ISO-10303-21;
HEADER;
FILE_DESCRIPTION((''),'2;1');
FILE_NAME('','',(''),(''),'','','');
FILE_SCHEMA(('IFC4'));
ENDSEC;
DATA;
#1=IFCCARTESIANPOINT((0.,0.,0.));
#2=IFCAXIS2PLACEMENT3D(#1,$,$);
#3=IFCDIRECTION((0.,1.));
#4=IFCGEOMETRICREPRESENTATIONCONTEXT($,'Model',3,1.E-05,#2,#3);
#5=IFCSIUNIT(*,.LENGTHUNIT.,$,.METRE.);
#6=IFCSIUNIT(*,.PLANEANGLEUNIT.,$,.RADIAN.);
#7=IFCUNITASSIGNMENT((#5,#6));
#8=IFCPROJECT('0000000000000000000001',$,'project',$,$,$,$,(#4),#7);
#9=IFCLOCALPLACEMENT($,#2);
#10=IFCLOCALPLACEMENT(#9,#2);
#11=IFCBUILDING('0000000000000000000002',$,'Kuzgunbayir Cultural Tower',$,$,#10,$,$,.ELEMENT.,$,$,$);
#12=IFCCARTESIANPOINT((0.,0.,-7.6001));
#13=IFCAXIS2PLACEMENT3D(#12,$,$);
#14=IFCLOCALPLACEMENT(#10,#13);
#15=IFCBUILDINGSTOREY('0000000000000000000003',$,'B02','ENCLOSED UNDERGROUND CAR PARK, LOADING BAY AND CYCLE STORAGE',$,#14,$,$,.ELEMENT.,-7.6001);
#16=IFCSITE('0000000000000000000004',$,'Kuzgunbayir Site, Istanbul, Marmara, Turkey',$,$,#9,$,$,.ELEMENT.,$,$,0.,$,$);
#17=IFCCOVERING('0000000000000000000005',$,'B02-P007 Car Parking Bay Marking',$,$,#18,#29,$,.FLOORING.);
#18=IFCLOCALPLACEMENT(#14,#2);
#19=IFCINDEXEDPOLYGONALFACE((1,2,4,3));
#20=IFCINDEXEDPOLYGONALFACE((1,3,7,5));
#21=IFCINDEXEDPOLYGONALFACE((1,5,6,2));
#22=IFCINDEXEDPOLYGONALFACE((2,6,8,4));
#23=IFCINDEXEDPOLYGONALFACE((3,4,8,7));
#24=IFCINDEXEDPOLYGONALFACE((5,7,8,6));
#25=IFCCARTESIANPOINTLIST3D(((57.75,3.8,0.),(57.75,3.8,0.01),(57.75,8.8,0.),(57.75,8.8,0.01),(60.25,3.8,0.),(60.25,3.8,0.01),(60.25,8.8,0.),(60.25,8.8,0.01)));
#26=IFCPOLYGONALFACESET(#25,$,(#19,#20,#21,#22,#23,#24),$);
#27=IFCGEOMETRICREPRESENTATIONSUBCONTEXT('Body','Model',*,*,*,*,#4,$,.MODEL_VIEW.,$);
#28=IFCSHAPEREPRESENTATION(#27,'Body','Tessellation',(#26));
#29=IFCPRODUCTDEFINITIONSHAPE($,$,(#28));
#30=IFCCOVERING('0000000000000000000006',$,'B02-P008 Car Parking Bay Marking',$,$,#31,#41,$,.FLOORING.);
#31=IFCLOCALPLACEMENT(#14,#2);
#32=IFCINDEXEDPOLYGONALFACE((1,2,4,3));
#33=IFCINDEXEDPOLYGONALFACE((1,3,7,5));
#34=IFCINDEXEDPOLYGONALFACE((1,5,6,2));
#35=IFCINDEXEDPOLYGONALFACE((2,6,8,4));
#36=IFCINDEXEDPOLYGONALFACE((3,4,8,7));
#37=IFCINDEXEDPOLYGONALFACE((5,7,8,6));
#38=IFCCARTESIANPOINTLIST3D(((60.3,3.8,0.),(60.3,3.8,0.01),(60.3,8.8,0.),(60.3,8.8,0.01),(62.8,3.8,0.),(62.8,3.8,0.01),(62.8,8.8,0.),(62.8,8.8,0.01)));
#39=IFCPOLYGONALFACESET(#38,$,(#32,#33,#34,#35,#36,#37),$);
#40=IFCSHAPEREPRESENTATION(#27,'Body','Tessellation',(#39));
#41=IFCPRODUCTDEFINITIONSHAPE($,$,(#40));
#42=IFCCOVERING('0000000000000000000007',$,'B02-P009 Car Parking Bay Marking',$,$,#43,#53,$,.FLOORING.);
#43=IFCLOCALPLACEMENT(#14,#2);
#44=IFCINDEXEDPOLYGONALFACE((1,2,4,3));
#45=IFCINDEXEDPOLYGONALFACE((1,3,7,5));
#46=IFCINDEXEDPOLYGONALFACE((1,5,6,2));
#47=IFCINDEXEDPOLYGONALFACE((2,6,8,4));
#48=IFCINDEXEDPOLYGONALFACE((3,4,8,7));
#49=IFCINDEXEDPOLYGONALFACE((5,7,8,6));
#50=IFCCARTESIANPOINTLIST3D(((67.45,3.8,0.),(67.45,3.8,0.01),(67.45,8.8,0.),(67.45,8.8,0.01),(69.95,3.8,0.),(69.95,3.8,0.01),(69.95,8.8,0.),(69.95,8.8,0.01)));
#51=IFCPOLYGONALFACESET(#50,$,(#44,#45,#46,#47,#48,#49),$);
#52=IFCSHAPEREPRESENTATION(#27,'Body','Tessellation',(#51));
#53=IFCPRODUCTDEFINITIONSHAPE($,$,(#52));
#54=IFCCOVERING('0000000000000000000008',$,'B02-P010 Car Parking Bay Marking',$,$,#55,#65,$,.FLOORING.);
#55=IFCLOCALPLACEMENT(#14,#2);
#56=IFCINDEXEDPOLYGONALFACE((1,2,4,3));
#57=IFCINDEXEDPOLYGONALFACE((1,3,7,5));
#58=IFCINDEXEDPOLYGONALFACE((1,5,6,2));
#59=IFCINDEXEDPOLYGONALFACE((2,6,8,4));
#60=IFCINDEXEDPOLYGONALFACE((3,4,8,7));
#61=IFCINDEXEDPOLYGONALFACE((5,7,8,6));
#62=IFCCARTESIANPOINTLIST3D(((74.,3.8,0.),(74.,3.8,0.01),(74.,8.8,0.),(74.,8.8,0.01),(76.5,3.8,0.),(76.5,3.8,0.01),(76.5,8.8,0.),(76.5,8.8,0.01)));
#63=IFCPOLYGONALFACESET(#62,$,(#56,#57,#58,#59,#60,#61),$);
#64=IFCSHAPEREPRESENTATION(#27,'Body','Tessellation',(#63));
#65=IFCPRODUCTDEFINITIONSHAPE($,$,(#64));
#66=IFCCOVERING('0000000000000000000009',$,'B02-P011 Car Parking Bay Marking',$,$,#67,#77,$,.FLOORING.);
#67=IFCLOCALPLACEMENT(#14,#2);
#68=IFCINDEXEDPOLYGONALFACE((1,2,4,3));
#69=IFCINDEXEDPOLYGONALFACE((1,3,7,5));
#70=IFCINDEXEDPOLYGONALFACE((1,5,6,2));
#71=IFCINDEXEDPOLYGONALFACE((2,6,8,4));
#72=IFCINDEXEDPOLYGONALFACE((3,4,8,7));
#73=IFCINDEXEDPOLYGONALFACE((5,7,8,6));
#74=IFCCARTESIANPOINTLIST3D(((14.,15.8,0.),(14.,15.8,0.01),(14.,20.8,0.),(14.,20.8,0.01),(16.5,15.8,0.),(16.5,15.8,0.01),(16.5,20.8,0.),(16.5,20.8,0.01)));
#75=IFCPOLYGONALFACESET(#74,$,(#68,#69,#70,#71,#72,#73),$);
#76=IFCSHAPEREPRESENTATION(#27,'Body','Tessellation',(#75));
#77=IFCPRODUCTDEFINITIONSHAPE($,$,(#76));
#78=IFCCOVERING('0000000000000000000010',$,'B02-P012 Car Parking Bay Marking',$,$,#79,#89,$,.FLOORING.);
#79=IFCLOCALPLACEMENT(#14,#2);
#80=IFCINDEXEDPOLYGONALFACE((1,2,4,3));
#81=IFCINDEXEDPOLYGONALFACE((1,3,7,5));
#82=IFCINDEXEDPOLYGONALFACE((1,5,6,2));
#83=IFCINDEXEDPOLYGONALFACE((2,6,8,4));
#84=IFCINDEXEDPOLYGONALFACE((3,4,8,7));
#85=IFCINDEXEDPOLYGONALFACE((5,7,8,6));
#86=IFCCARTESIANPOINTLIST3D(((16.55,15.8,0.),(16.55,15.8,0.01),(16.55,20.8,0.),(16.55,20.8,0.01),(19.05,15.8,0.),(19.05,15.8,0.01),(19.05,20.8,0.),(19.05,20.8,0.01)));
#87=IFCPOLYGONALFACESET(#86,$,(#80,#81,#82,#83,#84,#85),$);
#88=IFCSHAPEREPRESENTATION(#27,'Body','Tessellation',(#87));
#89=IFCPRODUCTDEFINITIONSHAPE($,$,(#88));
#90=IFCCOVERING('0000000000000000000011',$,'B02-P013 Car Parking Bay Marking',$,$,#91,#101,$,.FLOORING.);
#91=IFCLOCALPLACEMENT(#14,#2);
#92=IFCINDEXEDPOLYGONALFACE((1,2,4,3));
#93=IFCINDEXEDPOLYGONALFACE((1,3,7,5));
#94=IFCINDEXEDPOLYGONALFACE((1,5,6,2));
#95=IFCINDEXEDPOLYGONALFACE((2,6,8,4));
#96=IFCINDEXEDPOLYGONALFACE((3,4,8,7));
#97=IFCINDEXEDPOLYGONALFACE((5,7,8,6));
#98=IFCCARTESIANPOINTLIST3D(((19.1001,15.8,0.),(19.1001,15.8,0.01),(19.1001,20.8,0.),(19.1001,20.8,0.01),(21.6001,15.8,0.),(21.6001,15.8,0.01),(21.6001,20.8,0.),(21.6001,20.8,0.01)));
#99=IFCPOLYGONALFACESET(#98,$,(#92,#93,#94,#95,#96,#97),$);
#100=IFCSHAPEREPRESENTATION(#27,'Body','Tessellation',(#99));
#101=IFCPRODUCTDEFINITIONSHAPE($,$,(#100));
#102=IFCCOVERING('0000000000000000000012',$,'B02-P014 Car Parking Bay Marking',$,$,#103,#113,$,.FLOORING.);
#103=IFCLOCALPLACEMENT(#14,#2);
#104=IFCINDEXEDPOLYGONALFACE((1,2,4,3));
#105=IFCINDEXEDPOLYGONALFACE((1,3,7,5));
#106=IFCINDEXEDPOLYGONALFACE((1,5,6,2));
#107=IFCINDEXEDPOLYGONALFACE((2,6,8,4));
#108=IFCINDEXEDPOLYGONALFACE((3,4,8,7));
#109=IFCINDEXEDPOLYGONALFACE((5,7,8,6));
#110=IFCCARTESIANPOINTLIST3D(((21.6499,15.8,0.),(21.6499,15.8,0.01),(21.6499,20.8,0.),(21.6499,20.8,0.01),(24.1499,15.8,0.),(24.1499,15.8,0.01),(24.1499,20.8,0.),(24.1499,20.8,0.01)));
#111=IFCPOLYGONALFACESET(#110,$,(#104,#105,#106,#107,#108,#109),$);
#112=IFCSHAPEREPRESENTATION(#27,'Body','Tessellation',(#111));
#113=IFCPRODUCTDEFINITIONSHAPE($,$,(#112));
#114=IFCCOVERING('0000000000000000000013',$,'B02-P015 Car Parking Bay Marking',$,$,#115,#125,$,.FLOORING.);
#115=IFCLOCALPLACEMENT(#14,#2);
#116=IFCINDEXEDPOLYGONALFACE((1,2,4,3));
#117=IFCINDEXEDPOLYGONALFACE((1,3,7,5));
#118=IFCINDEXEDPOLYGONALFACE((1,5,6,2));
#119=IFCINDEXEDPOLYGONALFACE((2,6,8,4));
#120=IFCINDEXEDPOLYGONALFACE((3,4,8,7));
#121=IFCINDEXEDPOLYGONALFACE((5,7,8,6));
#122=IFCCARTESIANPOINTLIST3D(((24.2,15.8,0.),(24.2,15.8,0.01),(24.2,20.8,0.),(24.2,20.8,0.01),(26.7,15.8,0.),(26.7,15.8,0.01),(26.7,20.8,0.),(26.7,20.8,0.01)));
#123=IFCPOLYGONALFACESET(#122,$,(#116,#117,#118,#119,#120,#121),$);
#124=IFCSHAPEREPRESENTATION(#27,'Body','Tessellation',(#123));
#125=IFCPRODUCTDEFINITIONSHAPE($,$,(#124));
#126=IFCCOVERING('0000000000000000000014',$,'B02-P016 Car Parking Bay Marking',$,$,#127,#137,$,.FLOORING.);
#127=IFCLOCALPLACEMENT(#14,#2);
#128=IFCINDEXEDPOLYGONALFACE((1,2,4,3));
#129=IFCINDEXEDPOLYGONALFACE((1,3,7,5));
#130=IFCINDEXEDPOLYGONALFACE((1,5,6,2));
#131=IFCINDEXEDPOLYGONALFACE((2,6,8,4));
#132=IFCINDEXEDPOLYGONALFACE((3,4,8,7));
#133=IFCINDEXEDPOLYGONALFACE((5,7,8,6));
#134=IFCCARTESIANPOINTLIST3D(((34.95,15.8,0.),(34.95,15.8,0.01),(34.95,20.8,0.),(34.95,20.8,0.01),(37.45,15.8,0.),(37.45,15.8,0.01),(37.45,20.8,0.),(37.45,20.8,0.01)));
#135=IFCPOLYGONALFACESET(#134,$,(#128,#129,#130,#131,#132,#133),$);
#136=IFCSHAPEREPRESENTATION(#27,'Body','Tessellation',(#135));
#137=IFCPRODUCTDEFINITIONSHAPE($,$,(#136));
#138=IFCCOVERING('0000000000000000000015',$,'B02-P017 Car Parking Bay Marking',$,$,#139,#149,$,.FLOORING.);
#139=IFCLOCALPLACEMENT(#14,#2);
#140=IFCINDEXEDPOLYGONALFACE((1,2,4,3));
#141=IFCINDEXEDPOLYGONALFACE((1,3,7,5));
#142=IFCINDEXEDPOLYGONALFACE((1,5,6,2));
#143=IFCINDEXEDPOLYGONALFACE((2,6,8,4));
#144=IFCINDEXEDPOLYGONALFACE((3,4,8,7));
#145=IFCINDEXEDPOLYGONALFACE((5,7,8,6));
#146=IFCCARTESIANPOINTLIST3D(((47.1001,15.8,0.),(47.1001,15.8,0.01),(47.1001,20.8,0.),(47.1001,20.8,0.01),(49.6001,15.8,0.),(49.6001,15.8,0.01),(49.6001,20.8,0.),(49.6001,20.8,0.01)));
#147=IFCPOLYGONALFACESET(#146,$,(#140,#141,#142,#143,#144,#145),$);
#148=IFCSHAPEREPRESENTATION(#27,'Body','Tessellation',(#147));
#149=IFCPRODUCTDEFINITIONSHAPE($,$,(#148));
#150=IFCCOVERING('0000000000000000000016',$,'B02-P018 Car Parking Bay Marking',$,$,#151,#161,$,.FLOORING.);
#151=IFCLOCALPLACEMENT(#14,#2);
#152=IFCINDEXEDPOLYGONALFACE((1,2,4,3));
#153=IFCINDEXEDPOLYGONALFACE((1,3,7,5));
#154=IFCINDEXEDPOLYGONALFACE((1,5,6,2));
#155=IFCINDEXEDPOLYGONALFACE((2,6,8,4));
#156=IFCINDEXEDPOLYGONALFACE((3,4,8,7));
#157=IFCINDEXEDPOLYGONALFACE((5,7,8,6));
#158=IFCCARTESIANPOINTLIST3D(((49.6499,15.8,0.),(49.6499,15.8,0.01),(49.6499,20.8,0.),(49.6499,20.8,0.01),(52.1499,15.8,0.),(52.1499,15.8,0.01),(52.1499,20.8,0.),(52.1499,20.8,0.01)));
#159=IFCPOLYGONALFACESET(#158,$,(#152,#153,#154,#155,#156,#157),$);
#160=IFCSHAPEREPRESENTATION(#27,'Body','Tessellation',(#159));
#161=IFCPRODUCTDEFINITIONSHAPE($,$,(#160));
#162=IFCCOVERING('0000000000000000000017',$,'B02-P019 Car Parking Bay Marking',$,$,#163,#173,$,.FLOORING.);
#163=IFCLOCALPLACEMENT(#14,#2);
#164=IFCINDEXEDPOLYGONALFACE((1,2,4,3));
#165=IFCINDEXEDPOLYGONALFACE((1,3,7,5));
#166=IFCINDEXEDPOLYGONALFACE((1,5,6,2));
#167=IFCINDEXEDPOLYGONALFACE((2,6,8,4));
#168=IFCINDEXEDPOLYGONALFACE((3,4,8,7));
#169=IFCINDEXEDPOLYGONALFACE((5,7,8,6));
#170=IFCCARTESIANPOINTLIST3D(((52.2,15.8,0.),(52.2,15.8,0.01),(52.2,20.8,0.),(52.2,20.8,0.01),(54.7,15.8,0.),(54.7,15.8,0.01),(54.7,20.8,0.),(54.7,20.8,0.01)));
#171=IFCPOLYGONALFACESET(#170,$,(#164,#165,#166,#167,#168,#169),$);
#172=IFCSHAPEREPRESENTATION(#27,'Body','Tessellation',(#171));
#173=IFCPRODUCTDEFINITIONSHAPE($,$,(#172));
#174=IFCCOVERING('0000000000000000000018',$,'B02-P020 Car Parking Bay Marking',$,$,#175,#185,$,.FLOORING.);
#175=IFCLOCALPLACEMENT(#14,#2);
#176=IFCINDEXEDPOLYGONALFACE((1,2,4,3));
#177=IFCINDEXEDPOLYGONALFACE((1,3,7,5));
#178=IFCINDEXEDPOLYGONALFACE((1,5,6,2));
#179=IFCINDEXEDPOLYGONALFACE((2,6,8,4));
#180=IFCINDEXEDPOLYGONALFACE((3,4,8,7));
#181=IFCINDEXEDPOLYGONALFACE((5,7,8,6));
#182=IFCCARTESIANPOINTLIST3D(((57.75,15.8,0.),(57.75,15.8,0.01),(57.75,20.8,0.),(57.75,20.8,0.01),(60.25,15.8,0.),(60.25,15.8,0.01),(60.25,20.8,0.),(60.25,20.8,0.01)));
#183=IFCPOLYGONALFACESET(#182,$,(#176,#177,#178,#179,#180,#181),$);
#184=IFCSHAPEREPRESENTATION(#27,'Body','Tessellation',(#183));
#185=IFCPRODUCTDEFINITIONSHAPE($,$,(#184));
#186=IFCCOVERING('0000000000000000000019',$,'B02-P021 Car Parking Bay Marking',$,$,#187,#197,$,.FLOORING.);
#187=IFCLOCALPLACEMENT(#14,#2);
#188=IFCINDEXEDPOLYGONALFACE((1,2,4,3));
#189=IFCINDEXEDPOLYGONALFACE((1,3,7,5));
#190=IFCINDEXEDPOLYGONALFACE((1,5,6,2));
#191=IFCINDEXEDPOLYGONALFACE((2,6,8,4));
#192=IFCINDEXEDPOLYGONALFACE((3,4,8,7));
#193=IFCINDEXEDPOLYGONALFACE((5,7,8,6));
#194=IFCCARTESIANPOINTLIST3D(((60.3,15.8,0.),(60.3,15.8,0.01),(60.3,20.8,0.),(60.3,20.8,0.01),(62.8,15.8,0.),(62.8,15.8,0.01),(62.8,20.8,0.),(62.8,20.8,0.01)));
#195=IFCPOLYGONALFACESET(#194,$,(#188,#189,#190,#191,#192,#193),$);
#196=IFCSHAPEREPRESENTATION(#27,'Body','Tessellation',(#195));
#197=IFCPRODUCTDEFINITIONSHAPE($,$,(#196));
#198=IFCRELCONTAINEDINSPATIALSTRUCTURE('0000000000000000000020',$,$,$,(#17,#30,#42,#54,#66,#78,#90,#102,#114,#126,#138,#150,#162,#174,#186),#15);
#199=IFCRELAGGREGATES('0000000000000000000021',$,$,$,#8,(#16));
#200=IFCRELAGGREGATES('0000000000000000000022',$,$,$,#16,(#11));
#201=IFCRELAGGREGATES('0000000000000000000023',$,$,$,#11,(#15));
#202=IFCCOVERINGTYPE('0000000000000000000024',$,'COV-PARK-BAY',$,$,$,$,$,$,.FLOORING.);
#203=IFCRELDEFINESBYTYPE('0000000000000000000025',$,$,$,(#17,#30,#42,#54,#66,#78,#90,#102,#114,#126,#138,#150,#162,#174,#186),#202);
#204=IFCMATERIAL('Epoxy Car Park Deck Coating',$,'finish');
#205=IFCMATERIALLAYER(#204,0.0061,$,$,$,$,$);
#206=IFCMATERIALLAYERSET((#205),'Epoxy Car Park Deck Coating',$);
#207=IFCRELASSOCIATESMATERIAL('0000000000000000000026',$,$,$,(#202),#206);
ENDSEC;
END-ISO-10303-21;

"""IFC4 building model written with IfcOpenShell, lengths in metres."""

from ifc_helpers import new_model, si_unit, direction, frame, origin, place, context, subcontext, project, spatial, polyline, outline, extrude, material, layer, layer_set, type_object, element, save


model = new_model("IFC4")

# Units and contexts
model_context = context("Model", 3, precision=1e-05, world=origin(), true_north=direction((0.0, 1.0)))
body_context = subcontext(model_context, "Body", "Model", "MODEL_VIEW")
ifc_project = project(units=[si_unit("LENGTHUNIT", "METRE"), si_unit("PLANEANGLEUNIT", "RADIAN")], contexts=[model_context])

# Site, building, storey
site_placement = place(None, origin())
site = spatial("IfcSite", under=ifc_project, at=site_placement, Name="Kuzgunbayir Site, Istanbul, Marmara, Turkey", CompositionType="ELEMENT", RefElevation=0.0)
building_placement = place(site_placement, origin())
building = spatial("IfcBuilding", under=site, at=building_placement, Name="Kuzgunbayir Cultural Tower", CompositionType="ELEMENT")
storey_placement = place(building_placement, frame((0.0, 0.0, -7.6001)))
storey = spatial("IfcBuildingStorey", under=building, at=storey_placement, Name="B02", Description="ENCLOSED UNDERGROUND CAR PARK, LOADING BAY AND CYCLE STORAGE", CompositionType="ELEMENT", Elevation=-7.6001)

# Coverings
ifc_material_1 = material(Name="Epoxy Car Park Deck Coating", Category="finish")
ifc_layer_1 = layer(ifc_material_1, 0.0061)
ifc_layer_set_1 = layer_set([ifc_layer_1], Name="Epoxy Car Park Deck Coating")
covering_type_1 = type_object("IfcCoveringType", Name="COV-PARK-BAY", PredefinedType="FLOORING", material=ifc_layer_set_1)
covering_1_placement = place(storey_placement, origin())
element("IfcCovering", 1, at=covering_1_placement, inside=storey, type_object=covering_type_1, Name="B02-P007 Car Parking Bay Marking", PredefinedType="FLOORING", context=body_context, shape_type="SweptSolid", body=[
    extrude(outline(polyline([(57.75, 3.8), (60.25, 3.8), (60.25, 8.8), (57.75, 8.8), (57.75, 3.8)])), origin(), (0.0, 0.0, 1.0), 0.01),
])
covering_2_placement = place(storey_placement, origin())
element("IfcCovering", 2, at=covering_2_placement, inside=storey, type_object=covering_type_1, Name="B02-P008 Car Parking Bay Marking", PredefinedType="FLOORING", context=body_context, shape_type="SweptSolid", body=[
    extrude(outline(polyline([(60.3, 3.8), (62.8, 3.8), (62.8, 8.8), (60.3, 8.8), (60.3, 3.8)])), origin(), (0.0, 0.0, 1.0), 0.01),
])
covering_3_placement = place(storey_placement, origin())
element("IfcCovering", 3, at=covering_3_placement, inside=storey, type_object=covering_type_1, Name="B02-P009 Car Parking Bay Marking", PredefinedType="FLOORING", context=body_context, shape_type="SweptSolid", body=[
    extrude(outline(polyline([(67.45, 3.8), (69.95, 3.8), (69.95, 8.8), (67.45, 8.8), (67.45, 3.8)])), origin(), (0.0, 0.0, 1.0), 0.01),
])
covering_4_placement = place(storey_placement, origin())
element("IfcCovering", 4, at=covering_4_placement, inside=storey, type_object=covering_type_1, Name="B02-P010 Car Parking Bay Marking", PredefinedType="FLOORING", context=body_context, shape_type="SweptSolid", body=[
    extrude(outline(polyline([(74.0, 3.8), (76.5, 3.8), (76.5, 8.8), (74.0, 8.8), (74.0, 3.8)])), origin(), (0.0, 0.0, 1.0), 0.01),
])
covering_5_placement = place(storey_placement, origin())
element("IfcCovering", 5, at=covering_5_placement, inside=storey, type_object=covering_type_1, Name="B02-P011 Car Parking Bay Marking", PredefinedType="FLOORING", context=body_context, shape_type="SweptSolid", body=[
    extrude(outline(polyline([(14.0, 15.8), (16.5, 15.8), (16.5, 20.8), (14.0, 20.8), (14.0, 15.8)])), origin(), (0.0, 0.0, 1.0), 0.01),
])
covering_6_placement = place(storey_placement, origin())
element("IfcCovering", 6, at=covering_6_placement, inside=storey, type_object=covering_type_1, Name="B02-P012 Car Parking Bay Marking", PredefinedType="FLOORING", context=body_context, shape_type="SweptSolid", body=[
    extrude(outline(polyline([(16.55, 15.8), (19.05, 15.8), (19.05, 20.8), (16.55, 20.8), (16.55, 15.8)])), origin(), (0.0, 0.0, 1.0), 0.01),
])
covering_7_placement = place(storey_placement, origin())
element("IfcCovering", 7, at=covering_7_placement, inside=storey, type_object=covering_type_1, Name="B02-P013 Car Parking Bay Marking", PredefinedType="FLOORING", context=body_context, shape_type="SweptSolid", body=[
    extrude(outline(polyline([(19.1001, 15.8), (21.6001, 15.8), (21.6001, 20.8), (19.1001, 20.8), (19.1001, 15.8)])), origin(), (0.0, 0.0, 1.0), 0.01),
])
covering_8_placement = place(storey_placement, origin())
element("IfcCovering", 8, at=covering_8_placement, inside=storey, type_object=covering_type_1, Name="B02-P014 Car Parking Bay Marking", PredefinedType="FLOORING", context=body_context, shape_type="SweptSolid", body=[
    extrude(outline(polyline([(21.6499, 15.8), (24.1499, 15.8), (24.1499, 20.8), (21.6499, 20.8), (21.6499, 15.8)])), origin(), (0.0, 0.0, 1.0), 0.01),
])
covering_9_placement = place(storey_placement, origin())
element("IfcCovering", 9, at=covering_9_placement, inside=storey, type_object=covering_type_1, Name="B02-P015 Car Parking Bay Marking", PredefinedType="FLOORING", context=body_context, shape_type="SweptSolid", body=[
    extrude(outline(polyline([(24.2, 15.8), (26.7, 15.8), (26.7, 20.8), (24.2, 20.8), (24.2, 15.8)])), origin(), (0.0, 0.0, 1.0), 0.01),
])
covering_10_placement = place(storey_placement, origin())
element("IfcCovering", 10, at=covering_10_placement, inside=storey, type_object=covering_type_1, Name="B02-P016 Car Parking Bay Marking", PredefinedType="FLOORING", context=body_context, shape_type="SweptSolid", body=[
    extrude(outline(polyline([(34.95, 15.8), (37.45, 15.8), (37.45, 20.8), (34.95, 20.8), (34.95, 15.8)])), origin(), (0.0, 0.0, 1.0), 0.01),
])
covering_11_placement = place(storey_placement, origin())
element("IfcCovering", 11, at=covering_11_placement, inside=storey, type_object=covering_type_1, Name="B02-P017 Car Parking Bay Marking", PredefinedType="FLOORING", context=body_context, shape_type="SweptSolid", body=[
    extrude(outline(polyline([(47.1001, 15.8), (49.6001, 15.8), (49.6001, 20.8), (47.1001, 20.8), (47.1001, 15.8)])), origin(), (0.0, 0.0, 1.0), 0.01),
])
covering_12_placement = place(storey_placement, origin())
element("IfcCovering", 12, at=covering_12_placement, inside=storey, type_object=covering_type_1, Name="B02-P018 Car Parking Bay Marking", PredefinedType="FLOORING", context=body_context, shape_type="SweptSolid", body=[
    extrude(outline(polyline([(49.6499, 15.8), (52.1499, 15.8), (52.1499, 20.8), (49.6499, 20.8), (49.6499, 15.8)])), origin(), (0.0, 0.0, 1.0), 0.01),
])
covering_13_placement = place(storey_placement, origin())
element("IfcCovering", 13, at=covering_13_placement, inside=storey, type_object=covering_type_1, Name="B02-P019 Car Parking Bay Marking", PredefinedType="FLOORING", context=body_context, shape_type="SweptSolid", body=[
    extrude(outline(polyline([(52.2, 15.8), (54.7, 15.8), (54.7, 20.8), (52.2, 20.8), (52.2, 15.8)])), origin(), (0.0, 0.0, 1.0), 0.01),
])
covering_14_placement = place(storey_placement, origin())
element("IfcCovering", 14, at=covering_14_placement, inside=storey, type_object=covering_type_1, Name="B02-P020 Car Parking Bay Marking", PredefinedType="FLOORING", context=body_context, shape_type="SweptSolid", body=[
    extrude(outline(polyline([(57.75, 15.8), (60.25, 15.8), (60.25, 20.8), (57.75, 20.8), (57.75, 15.8)])), origin(), (0.0, 0.0, 1.0), 0.01),
])
covering_15_placement = place(storey_placement, origin())
element("IfcCovering", 15, at=covering_15_placement, inside=storey, type_object=covering_type_1, Name="B02-P021 Car Parking Bay Marking", PredefinedType="FLOORING", context=body_context, shape_type="SweptSolid", body=[
    extrude(outline(polyline([(60.3, 15.8), (62.8, 15.8), (62.8, 20.8), (60.3, 20.8), (60.3, 15.8)])), origin(), (0.0, 0.0, 1.0), 0.01),
])

save(model, "model.ifc")
